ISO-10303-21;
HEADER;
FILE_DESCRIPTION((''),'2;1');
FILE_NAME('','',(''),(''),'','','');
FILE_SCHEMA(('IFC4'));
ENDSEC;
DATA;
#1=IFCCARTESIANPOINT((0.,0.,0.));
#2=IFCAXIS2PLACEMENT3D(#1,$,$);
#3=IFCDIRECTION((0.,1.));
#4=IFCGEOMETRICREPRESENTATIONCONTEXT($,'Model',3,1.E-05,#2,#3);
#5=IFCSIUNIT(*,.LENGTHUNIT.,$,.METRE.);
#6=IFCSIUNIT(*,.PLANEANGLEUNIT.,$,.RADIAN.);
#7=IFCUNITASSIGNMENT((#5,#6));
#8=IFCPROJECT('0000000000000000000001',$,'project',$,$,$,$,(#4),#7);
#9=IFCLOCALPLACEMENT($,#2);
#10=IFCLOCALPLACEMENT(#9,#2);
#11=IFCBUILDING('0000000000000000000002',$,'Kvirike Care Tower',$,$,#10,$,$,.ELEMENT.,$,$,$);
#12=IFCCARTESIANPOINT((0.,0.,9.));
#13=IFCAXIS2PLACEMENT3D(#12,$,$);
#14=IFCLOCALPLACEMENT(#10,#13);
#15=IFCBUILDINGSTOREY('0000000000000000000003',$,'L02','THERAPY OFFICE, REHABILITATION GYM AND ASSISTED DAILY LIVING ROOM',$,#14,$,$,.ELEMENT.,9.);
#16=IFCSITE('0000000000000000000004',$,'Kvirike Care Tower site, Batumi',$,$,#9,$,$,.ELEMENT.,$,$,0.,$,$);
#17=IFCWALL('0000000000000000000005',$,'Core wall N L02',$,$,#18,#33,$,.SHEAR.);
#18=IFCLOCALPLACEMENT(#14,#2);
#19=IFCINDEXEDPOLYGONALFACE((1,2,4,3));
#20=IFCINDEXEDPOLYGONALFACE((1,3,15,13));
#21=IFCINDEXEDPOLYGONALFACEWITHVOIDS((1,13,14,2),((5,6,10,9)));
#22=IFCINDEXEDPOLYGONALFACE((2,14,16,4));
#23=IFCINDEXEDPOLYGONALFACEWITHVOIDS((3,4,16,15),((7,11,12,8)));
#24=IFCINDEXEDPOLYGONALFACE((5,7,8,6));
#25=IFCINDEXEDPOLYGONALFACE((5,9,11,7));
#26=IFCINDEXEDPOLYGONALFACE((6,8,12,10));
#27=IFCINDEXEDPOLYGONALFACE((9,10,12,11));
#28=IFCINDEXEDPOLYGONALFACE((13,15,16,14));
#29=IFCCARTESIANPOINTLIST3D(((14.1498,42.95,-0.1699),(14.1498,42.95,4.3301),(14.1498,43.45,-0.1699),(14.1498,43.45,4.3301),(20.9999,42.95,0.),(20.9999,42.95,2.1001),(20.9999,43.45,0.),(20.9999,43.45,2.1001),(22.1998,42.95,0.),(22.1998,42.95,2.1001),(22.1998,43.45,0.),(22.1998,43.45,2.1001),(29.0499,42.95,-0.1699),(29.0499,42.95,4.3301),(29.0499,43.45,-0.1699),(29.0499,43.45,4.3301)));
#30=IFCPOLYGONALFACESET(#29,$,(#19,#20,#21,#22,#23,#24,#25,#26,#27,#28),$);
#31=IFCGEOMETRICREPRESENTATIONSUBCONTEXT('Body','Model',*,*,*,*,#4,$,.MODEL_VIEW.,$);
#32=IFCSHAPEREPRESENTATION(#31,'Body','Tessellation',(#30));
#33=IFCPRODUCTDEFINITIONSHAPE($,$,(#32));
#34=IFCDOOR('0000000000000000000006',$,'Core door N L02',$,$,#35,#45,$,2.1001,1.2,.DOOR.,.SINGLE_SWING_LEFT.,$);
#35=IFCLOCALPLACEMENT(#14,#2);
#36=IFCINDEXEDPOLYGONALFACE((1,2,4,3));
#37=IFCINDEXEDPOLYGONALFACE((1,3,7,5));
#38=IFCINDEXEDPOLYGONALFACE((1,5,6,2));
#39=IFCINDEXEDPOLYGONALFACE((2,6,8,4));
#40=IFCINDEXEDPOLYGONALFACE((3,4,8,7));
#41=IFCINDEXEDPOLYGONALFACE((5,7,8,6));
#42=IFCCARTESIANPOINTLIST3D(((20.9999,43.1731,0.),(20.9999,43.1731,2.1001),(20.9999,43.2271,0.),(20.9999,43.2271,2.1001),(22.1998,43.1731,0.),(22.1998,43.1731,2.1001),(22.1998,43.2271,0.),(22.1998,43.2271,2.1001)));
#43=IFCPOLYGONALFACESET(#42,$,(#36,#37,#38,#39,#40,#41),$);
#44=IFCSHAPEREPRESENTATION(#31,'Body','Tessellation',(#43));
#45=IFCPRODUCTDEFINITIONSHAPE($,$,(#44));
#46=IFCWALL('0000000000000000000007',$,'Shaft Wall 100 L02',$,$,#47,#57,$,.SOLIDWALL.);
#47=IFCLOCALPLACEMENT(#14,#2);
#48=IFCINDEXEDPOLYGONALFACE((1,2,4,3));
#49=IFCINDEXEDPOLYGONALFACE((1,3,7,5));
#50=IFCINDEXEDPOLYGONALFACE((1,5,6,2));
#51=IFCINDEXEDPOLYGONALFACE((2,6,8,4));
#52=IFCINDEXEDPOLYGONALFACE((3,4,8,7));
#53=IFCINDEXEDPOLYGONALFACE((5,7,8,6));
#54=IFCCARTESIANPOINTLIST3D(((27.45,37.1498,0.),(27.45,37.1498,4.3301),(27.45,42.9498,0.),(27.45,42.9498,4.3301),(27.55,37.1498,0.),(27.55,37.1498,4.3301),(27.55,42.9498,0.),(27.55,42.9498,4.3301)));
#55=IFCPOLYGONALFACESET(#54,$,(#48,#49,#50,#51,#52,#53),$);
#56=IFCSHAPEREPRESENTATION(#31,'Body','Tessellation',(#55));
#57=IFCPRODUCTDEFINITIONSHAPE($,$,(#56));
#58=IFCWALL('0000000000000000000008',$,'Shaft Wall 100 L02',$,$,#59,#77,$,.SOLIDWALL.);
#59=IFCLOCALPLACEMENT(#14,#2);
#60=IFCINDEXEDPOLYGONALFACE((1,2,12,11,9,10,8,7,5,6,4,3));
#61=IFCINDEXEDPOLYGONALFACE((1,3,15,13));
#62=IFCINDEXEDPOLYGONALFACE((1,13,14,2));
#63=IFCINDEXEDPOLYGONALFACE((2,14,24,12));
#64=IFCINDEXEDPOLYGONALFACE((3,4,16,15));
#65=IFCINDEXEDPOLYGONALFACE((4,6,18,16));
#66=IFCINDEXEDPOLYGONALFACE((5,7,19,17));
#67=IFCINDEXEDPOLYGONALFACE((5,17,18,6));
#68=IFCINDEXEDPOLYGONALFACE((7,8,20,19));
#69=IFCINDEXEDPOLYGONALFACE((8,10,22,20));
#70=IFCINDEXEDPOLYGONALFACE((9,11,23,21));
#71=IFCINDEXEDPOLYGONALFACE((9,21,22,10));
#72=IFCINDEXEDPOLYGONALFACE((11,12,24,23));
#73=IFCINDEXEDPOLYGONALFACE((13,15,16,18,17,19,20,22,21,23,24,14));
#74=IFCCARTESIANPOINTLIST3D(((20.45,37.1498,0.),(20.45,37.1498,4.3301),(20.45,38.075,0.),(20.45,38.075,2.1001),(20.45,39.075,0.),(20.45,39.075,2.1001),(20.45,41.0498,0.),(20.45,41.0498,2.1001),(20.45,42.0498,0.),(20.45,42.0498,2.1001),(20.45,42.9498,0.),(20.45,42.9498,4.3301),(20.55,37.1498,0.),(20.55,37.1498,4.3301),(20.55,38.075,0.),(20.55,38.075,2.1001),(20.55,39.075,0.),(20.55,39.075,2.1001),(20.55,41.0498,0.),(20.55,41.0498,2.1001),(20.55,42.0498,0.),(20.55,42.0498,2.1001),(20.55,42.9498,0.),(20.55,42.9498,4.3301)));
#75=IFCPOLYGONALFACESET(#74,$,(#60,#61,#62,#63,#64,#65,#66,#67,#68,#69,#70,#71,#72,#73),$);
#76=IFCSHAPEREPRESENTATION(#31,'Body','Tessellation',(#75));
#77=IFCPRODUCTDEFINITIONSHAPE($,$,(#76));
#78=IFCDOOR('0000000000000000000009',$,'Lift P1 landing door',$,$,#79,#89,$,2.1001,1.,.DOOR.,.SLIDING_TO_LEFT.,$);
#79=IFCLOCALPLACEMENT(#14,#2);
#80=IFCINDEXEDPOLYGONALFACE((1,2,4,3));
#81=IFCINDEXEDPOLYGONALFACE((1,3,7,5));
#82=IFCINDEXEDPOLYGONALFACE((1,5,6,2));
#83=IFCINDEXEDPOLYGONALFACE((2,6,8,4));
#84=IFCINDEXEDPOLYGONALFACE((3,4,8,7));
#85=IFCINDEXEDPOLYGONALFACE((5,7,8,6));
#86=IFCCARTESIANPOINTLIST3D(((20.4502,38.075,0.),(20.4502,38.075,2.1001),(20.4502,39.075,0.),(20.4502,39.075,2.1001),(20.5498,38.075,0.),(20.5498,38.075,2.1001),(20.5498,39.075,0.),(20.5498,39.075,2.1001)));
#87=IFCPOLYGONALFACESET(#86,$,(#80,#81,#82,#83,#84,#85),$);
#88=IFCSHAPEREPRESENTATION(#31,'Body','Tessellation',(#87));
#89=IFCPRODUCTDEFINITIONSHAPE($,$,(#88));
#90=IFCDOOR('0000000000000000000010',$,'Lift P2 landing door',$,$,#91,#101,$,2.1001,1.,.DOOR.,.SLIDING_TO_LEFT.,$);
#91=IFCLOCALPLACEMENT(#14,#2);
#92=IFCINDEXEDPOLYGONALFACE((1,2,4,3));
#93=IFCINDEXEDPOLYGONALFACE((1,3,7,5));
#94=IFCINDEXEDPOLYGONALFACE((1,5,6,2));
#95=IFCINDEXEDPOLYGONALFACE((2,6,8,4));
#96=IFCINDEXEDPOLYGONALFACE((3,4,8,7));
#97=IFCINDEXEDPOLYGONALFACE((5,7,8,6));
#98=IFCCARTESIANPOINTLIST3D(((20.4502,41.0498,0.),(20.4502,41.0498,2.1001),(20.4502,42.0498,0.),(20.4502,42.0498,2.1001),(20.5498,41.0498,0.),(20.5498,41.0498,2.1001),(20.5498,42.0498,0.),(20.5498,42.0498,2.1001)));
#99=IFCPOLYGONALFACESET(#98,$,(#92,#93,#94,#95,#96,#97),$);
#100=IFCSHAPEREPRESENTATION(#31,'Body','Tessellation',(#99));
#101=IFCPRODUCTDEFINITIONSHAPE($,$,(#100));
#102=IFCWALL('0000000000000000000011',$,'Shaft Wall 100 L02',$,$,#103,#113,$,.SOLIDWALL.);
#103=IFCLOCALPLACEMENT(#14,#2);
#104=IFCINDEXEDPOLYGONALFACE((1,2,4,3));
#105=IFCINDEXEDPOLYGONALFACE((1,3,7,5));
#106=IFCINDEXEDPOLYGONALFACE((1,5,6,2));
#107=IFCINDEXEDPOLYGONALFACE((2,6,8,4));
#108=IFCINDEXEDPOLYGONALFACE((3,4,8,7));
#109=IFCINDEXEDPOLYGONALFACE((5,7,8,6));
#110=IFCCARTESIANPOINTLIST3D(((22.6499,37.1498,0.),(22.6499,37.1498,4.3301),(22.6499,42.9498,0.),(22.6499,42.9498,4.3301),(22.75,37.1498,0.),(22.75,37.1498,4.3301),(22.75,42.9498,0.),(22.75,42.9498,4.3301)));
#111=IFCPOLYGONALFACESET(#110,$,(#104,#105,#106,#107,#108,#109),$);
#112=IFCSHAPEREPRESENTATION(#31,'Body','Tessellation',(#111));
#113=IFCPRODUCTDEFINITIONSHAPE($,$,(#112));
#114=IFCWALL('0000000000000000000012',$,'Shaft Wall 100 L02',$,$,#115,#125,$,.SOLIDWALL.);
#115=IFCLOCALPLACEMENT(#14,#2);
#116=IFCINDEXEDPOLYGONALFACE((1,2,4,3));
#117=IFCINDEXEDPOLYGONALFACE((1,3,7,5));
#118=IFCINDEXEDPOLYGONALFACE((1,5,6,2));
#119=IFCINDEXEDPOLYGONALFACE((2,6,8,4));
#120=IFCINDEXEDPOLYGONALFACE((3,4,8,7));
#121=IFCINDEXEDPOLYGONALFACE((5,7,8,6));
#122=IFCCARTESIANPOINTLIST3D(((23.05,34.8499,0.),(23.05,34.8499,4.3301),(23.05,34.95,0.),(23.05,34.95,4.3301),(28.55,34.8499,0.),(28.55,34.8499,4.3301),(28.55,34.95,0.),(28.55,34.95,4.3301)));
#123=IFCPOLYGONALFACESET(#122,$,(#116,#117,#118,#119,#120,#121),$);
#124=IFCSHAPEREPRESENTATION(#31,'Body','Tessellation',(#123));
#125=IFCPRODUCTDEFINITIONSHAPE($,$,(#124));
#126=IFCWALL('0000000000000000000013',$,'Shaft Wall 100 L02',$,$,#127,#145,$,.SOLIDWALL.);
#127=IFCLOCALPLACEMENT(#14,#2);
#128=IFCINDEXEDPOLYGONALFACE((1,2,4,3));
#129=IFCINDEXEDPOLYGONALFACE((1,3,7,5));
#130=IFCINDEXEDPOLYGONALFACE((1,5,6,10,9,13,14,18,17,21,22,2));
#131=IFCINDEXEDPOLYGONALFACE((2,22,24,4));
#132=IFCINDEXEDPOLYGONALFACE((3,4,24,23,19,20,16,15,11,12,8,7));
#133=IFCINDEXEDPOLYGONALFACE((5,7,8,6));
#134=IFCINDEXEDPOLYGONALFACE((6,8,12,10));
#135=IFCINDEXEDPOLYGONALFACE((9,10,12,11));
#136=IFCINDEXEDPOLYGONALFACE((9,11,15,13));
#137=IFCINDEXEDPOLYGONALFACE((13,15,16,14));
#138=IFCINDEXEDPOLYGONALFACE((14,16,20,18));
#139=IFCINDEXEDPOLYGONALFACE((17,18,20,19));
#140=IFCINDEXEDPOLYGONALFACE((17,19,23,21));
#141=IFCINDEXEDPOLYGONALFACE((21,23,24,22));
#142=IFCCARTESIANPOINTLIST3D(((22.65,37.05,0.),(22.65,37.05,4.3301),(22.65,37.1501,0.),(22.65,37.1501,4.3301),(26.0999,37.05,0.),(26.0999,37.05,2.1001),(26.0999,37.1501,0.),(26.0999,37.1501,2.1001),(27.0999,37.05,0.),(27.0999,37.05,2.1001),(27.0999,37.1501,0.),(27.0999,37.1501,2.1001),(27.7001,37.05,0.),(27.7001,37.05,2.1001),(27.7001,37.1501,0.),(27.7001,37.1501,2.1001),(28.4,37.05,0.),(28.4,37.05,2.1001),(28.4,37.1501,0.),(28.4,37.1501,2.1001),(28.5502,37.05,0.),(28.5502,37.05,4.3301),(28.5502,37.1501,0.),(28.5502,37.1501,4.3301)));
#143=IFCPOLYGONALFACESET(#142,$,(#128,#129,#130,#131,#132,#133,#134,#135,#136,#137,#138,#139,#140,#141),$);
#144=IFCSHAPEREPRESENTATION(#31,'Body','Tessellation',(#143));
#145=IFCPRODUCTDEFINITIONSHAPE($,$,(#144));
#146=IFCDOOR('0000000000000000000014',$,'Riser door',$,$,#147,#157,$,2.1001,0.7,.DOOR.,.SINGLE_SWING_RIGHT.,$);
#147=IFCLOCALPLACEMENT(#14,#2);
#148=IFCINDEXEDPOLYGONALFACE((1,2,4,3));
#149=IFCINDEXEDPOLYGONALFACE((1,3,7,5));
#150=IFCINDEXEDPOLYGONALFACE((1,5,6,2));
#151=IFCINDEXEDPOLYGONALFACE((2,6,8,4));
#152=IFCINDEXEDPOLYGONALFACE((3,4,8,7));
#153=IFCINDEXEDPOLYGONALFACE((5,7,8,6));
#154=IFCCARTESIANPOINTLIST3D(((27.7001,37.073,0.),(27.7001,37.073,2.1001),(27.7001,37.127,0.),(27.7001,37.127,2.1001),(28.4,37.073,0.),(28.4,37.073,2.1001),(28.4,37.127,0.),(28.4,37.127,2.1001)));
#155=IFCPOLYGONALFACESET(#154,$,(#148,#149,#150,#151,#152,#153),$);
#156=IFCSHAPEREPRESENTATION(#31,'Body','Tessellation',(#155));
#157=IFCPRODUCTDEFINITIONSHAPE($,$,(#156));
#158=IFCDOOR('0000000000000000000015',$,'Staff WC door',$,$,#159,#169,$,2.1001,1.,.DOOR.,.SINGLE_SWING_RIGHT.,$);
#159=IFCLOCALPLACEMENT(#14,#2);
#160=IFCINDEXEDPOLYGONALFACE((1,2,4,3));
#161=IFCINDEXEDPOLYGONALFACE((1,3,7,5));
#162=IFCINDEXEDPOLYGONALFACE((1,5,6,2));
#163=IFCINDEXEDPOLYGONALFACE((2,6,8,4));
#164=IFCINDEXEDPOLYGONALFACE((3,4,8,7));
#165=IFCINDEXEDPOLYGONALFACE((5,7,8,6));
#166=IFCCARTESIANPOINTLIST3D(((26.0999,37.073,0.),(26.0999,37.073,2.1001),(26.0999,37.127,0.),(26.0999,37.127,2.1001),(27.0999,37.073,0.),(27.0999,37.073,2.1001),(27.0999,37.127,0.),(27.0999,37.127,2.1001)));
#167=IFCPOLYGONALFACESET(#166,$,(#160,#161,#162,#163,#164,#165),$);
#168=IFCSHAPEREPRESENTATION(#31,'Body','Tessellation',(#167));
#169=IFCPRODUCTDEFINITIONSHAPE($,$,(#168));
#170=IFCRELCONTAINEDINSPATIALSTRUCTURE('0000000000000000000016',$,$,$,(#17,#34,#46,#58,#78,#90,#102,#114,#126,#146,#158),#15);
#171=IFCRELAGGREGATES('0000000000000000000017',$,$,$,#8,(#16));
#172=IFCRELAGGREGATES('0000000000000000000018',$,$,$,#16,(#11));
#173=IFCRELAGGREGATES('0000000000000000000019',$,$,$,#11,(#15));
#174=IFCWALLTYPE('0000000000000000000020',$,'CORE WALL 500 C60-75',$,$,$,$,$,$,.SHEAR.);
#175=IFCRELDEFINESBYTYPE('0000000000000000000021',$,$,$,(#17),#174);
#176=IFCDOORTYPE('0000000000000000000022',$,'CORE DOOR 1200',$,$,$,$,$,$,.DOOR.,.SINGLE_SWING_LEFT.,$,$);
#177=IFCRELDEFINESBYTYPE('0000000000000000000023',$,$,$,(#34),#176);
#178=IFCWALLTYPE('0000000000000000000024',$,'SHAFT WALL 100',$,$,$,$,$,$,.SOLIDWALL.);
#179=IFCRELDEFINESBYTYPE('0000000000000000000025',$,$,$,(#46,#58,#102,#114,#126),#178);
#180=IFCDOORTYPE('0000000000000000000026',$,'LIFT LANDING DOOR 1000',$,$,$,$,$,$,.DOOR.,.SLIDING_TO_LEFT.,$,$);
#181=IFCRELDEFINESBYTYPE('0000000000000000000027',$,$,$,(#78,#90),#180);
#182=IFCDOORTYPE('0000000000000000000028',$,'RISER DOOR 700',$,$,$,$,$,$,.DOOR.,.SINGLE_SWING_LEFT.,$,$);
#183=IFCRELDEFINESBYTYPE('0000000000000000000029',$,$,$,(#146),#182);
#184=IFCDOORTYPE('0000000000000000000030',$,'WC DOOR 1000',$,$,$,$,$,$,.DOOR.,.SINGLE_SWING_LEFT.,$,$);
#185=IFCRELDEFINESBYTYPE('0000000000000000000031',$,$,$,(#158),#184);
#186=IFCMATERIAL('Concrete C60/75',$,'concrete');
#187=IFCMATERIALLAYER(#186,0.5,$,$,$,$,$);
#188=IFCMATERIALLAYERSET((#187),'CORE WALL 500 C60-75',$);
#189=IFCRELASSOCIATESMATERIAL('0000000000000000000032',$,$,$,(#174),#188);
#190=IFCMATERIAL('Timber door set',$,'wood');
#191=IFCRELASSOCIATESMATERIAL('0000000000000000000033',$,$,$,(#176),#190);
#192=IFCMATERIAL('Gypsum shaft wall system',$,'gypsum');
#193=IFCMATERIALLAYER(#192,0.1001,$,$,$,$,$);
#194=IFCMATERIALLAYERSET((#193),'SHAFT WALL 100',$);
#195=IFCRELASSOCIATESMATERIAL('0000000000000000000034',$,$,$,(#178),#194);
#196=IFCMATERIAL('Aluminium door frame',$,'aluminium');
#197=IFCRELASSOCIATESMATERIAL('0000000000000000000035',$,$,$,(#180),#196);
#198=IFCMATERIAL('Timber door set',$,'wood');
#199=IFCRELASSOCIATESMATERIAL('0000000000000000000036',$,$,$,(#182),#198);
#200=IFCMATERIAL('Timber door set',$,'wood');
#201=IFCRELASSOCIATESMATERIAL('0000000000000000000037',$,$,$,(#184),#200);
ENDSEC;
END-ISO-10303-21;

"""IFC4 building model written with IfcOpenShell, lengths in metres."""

from ifc_helpers import new_model, si_unit, direction, frame, frame_2d, origin, place, context, subcontext, project, spatial, rectangle, extrude, material, layer, layer_set, type_object, element, fill, save


model = new_model("IFC4")

# Units and contexts
model_context = context("Model", 3, precision=1e-05, world=origin(), true_north=direction((0.0, 1.0)))
body_context = subcontext(model_context, "Body", "Model", "MODEL_VIEW")
ifc_project = project(units=[si_unit("LENGTHUNIT", "METRE"), si_unit("PLANEANGLEUNIT", "RADIAN")], contexts=[model_context])

# Site, building, storey
site_placement = place(None, origin())
site = spatial("IfcSite", under=ifc_project, at=site_placement, Name="Kvirike Care Tower site, Batumi", CompositionType="ELEMENT", RefElevation=0.0)
building_placement = place(site_placement, origin())
building = spatial("IfcBuilding", under=site, at=building_placement, Name="Kvirike Care Tower", CompositionType="ELEMENT")
storey_placement = place(building_placement, frame((0.0, 0.0, 9.0)))
storey = spatial("IfcBuildingStorey", under=building, at=storey_placement, Name="L02", Description="THERAPY OFFICE, REHABILITATION GYM AND ASSISTED DAILY LIVING ROOM", CompositionType="ELEMENT", Elevation=9.0)

# Wall, opening, door
ifc_material_1 = material(Name="Concrete C60/75", Category="concrete")
ifc_layer_1 = layer(ifc_material_1, 0.5)
ifc_layer_set_1 = layer_set([ifc_layer_1], Name="CORE WALL 500 C60-75")
wall_type_1 = type_object("IfcWallType", Name="CORE WALL 500 C60-75", PredefinedType="SHEAR", material=ifc_layer_set_1)
wall_1_placement = place(storey_placement, frame((29.05, 43.2, -0.1699), z_axis=(0.0, 0.0, 1.0), x_axis=(-1.0, 0.0, 0.0)))
wall_1 = element("IfcWall", 1, at=wall_1_placement, inside=storey, type_object=wall_type_1, Name="Core wall N L02", PredefinedType="SHEAR", context=body_context, shape_type="SweptSolid", body=[
    extrude(rectangle(XDim=14.9001, YDim=0.5, at=frame_2d((7.4502, 0.0))), origin(), (0.0, 0.0, 1.0), 4.5),
])
opening_1_placement = place(wall_1_placement, frame((6.8501, 0.0, 0.1699)))
opening_1 = element("IfcOpeningElement", 2, at=opening_1_placement, cuts=wall_1, PredefinedType="OPENING", context=body_context, shape_type="SweptSolid", body=[
    extrude(rectangle(XDim=1.2, YDim=2.1001, at=frame_2d((0.6001, 1.05))), frame((0.0, 0.2605, 0.0), z_axis=(0.0, -1.0, 0.0), x_axis=(1.0, 0.0, 0.0)), (0.0, 0.0, 1.0), 0.521),
])
ifc_material_2 = material(Name="Timber door set", Category="wood")
door_type_1 = type_object("IfcDoorType", Name="CORE DOOR 1200", OperationType="SINGLE_SWING_LEFT", PredefinedType="DOOR", material=ifc_material_2)
door_1_placement = place(opening_1_placement, origin())
door_1 = element("IfcDoor", 3, at=door_1_placement, inside=storey, type_object=door_type_1, Name="Core door N L02", OperationType="SINGLE_SWING_LEFT", OverallHeight=2.1001, OverallWidth=1.2, PredefinedType="DOOR", context=body_context, shape_type="SweptSolid", body=[
    extrude(rectangle(XDim=1.2, YDim=2.1001, at=frame_2d((0.6001, 1.05))), frame((0.0, 0.0269, 0.0), z_axis=(0.0, -1.0, 0.0), x_axis=(1.0, 0.0, 0.0)), (0.0, 0.0, 1.0), 0.054),
])
fill(opening_1, door_1)

# Wall
ifc_material_3 = material(Name="Gypsum shaft wall system", Category="gypsum")
ifc_layer_2 = layer(ifc_material_3, 0.1001)
ifc_layer_set_2 = layer_set([ifc_layer_2], Name="SHAFT WALL 100")
wall_type_2 = type_object("IfcWallType", Name="SHAFT WALL 100", PredefinedType="SOLIDWALL", material=ifc_layer_set_2)
wall_2_placement = place(storey_placement, frame((27.5, 37.1499, 0.0), z_axis=(0.0, 0.0, 1.0), x_axis=(0.0, 1.0, 0.0)))
element("IfcWall", 4, at=wall_2_placement, inside=storey, type_object=wall_type_2, Name="Shaft Wall 100 L02", PredefinedType="SOLIDWALL", context=body_context, shape_type="SweptSolid", body=[
    extrude(rectangle(XDim=5.8, YDim=0.1001, at=frame_2d((2.8999, 0.0))), origin(), (0.0, 0.0, 1.0), 4.3301),
])

# Wall, openings, doors
wall_3_placement = place(storey_placement, frame((20.5, 37.1499, 0.0), z_axis=(0.0, 0.0, 1.0), x_axis=(0.0, 1.0, 0.0)))
wall_3 = element("IfcWall", 5, at=wall_3_placement, inside=storey, type_object=wall_type_2, Name="Shaft Wall 100 L02", PredefinedType="SOLIDWALL", context=body_context, shape_type="SweptSolid", body=[
    extrude(rectangle(XDim=5.8, YDim=0.1001, at=frame_2d((2.8999, 0.0))), origin(), (0.0, 0.0, 1.0), 4.3301),
])
opening_2_placement = place(wall_3_placement, frame((0.925, 0.0, 0.0)))
opening_2 = element("IfcOpeningElement", 6, at=opening_2_placement, cuts=wall_3, PredefinedType="OPENING", context=body_context, shape_type="SweptSolid", body=[
    extrude(rectangle(XDim=1.0, YDim=2.1001, at=frame_2d((0.5, 1.05))), frame((0.0, 0.0605, 0.0), z_axis=(0.0, -1.0, 0.0), x_axis=(1.0, 0.0, 0.0)), (0.0, 0.0, 1.0), 0.1211),
])
opening_3_placement = place(wall_3_placement, frame((3.8999, 0.0, 0.0)))
opening_3 = element("IfcOpeningElement", 7, at=opening_3_placement, cuts=wall_3, PredefinedType="OPENING", context=body_context, shape_type="SweptSolid", body=[
    extrude(rectangle(XDim=1.0, YDim=2.1001, at=frame_2d((0.5, 1.05))), frame((0.0, 0.0605, 0.0), z_axis=(0.0, -1.0, 0.0), x_axis=(1.0, 0.0, 0.0)), (0.0, 0.0, 1.0), 0.1211),
])
ifc_material_4 = material(Name="Aluminium door frame", Category="aluminium")
door_type_2 = type_object("IfcDoorType", Name="LIFT LANDING DOOR 1000", OperationType="SLIDING_TO_LEFT", PredefinedType="DOOR", material=ifc_material_4)
door_2_placement = place(opening_2_placement, origin())
door_2 = element("IfcDoor", 8, at=door_2_placement, inside=storey, type_object=door_type_2, Name="Lift P1 landing door", OperationType="SLIDING_TO_LEFT", OverallHeight=2.1001, OverallWidth=1.0, PredefinedType="DOOR", context=body_context, shape_type="SweptSolid", body=[
    extrude(rectangle(XDim=1.0, YDim=2.1001, at=frame_2d((0.5, 1.05))), frame((0.0, 0.0498, 0.0), z_axis=(0.0, -1.0, 0.0), x_axis=(1.0, 0.0, 0.0)), (0.0, 0.0, 1.0), 0.0996),
])
fill(opening_2, door_2)
door_3_placement = place(opening_3_placement, origin())
door_3 = element("IfcDoor", 9, at=door_3_placement, inside=storey, type_object=door_type_2, Name="Lift P2 landing door", OperationType="SLIDING_TO_LEFT", OverallHeight=2.1001, OverallWidth=1.0, PredefinedType="DOOR", context=body_context, shape_type="SweptSolid", body=[
    extrude(rectangle(XDim=1.0, YDim=2.1001, at=frame_2d((0.5, 1.05))), frame((0.0, 0.0498, 0.0), z_axis=(0.0, -1.0, 0.0), x_axis=(1.0, 0.0, 0.0)), (0.0, 0.0, 1.0), 0.0996),
])
fill(opening_3, door_3)

# Walls
wall_4_placement = place(storey_placement, frame((22.7, 37.1499, 0.0), z_axis=(0.0, 0.0, 1.0), x_axis=(0.0, 1.0, 0.0)))
element("IfcWall", 10, at=wall_4_placement, inside=storey, type_object=wall_type_2, Name="Shaft Wall 100 L02", PredefinedType="SOLIDWALL", context=body_context, shape_type="SweptSolid", body=[
    extrude(rectangle(XDim=5.8, YDim=0.1001, at=frame_2d((2.8999, 0.0))), origin(), (0.0, 0.0, 1.0), 4.3301),
])
wall_5_placement = place(storey_placement, frame((23.05, 34.8999, 0.0), z_axis=(0.0, 0.0, 1.0), x_axis=(1.0, 0.0, 0.0)))
element("IfcWall", 11, at=wall_5_placement, inside=storey, type_object=wall_type_2, Name="Shaft Wall 100 L02", PredefinedType="SOLIDWALL", context=body_context, shape_type="SweptSolid", body=[
    extrude(rectangle(XDim=5.5, YDim=0.1001, at=frame_2d((2.75, 0.0))), origin(), (0.0, 0.0, 1.0), 4.3301),
])

# Wall, openings, doors
wall_6_placement = place(storey_placement, frame((22.6499, 37.1001, 0.0), z_axis=(0.0, 0.0, 1.0), x_axis=(1.0, 0.0, 0.0)))
wall_6 = element("IfcWall", 12, at=wall_6_placement, inside=storey, type_object=wall_type_2, Name="Shaft Wall 100 L02", PredefinedType="SOLIDWALL", context=body_context, shape_type="SweptSolid", body=[
    extrude(rectangle(XDim=5.9001, YDim=0.1001, at=frame_2d((2.9502, 0.0))), origin(), (0.0, 0.0, 1.0), 4.3301),
])
opening_4_placement = place(wall_6_placement, frame((3.45, 0.0, 0.0)))
opening_4 = element("IfcOpeningElement", 13, at=opening_4_placement, cuts=wall_6, PredefinedType="OPENING", context=body_context, shape_type="SweptSolid", body=[
    extrude(rectangle(XDim=1.0, YDim=2.1001, at=frame_2d((0.5, 1.05))), frame((0.0, 0.0605, 0.0), z_axis=(0.0, -1.0, 0.0), x_axis=(1.0, 0.0, 0.0)), (0.0, 0.0, 1.0), 0.1211),
])
opening_5_placement = place(wall_6_placement, frame((5.05, 0.0, 0.0)))
opening_5 = element("IfcOpeningElement", 14, at=opening_5_placement, cuts=wall_6, PredefinedType="OPENING", context=body_context, shape_type="SweptSolid", body=[
    extrude(rectangle(XDim=0.7, YDim=2.1001, at=frame_2d((0.3501, 1.05))), frame((0.0, 0.0605, 0.0), z_axis=(0.0, -1.0, 0.0), x_axis=(1.0, 0.0, 0.0)), (0.0, 0.0, 1.0), 0.1211),
])
ifc_material_5 = material(Name="Timber door set", Category="wood")
door_type_3 = type_object("IfcDoorType", Name="RISER DOOR 700", OperationType="SINGLE_SWING_LEFT", PredefinedType="DOOR", material=ifc_material_5)
door_4_placement = place(opening_5_placement, origin())
door_4 = element("IfcDoor", 15, at=door_4_placement, inside=storey, type_object=door_type_3, Name="Riser door", OperationType="SINGLE_SWING_RIGHT", OverallHeight=2.1001, OverallWidth=0.7, PredefinedType="DOOR", context=body_context, shape_type="SweptSolid", body=[
    extrude(rectangle(XDim=0.7, YDim=2.1001, at=frame_2d((0.3501, 1.05))), frame((0.0, 0.0269, 0.0), z_axis=(0.0, -1.0, 0.0), x_axis=(1.0, 0.0, 0.0)), (0.0, 0.0, 1.0), 0.054),
])
fill(opening_5, door_4)
ifc_material_6 = material(Name="Timber door set", Category="wood")
door_type_4 = type_object("IfcDoorType", Name="WC DOOR 1000", OperationType="SINGLE_SWING_LEFT", PredefinedType="DOOR", material=ifc_material_6)
door_5_placement = place(opening_4_placement, origin())
door_5 = element("IfcDoor", 16, at=door_5_placement, inside=storey, type_object=door_type_4, Name="Staff WC door", OperationType="SINGLE_SWING_RIGHT", OverallHeight=2.1001, OverallWidth=1.0, PredefinedType="DOOR", context=body_context, shape_type="SweptSolid", body=[
    extrude(rectangle(XDim=1.0, YDim=2.1001, at=frame_2d((0.5, 1.05))), frame((0.0, 0.0269, 0.0), z_axis=(0.0, -1.0, 0.0), x_axis=(1.0, 0.0, 0.0)), (0.0, 0.0, 1.0), 0.054),
])
fill(opening_4, door_5)

save(model, "model.ifc")
